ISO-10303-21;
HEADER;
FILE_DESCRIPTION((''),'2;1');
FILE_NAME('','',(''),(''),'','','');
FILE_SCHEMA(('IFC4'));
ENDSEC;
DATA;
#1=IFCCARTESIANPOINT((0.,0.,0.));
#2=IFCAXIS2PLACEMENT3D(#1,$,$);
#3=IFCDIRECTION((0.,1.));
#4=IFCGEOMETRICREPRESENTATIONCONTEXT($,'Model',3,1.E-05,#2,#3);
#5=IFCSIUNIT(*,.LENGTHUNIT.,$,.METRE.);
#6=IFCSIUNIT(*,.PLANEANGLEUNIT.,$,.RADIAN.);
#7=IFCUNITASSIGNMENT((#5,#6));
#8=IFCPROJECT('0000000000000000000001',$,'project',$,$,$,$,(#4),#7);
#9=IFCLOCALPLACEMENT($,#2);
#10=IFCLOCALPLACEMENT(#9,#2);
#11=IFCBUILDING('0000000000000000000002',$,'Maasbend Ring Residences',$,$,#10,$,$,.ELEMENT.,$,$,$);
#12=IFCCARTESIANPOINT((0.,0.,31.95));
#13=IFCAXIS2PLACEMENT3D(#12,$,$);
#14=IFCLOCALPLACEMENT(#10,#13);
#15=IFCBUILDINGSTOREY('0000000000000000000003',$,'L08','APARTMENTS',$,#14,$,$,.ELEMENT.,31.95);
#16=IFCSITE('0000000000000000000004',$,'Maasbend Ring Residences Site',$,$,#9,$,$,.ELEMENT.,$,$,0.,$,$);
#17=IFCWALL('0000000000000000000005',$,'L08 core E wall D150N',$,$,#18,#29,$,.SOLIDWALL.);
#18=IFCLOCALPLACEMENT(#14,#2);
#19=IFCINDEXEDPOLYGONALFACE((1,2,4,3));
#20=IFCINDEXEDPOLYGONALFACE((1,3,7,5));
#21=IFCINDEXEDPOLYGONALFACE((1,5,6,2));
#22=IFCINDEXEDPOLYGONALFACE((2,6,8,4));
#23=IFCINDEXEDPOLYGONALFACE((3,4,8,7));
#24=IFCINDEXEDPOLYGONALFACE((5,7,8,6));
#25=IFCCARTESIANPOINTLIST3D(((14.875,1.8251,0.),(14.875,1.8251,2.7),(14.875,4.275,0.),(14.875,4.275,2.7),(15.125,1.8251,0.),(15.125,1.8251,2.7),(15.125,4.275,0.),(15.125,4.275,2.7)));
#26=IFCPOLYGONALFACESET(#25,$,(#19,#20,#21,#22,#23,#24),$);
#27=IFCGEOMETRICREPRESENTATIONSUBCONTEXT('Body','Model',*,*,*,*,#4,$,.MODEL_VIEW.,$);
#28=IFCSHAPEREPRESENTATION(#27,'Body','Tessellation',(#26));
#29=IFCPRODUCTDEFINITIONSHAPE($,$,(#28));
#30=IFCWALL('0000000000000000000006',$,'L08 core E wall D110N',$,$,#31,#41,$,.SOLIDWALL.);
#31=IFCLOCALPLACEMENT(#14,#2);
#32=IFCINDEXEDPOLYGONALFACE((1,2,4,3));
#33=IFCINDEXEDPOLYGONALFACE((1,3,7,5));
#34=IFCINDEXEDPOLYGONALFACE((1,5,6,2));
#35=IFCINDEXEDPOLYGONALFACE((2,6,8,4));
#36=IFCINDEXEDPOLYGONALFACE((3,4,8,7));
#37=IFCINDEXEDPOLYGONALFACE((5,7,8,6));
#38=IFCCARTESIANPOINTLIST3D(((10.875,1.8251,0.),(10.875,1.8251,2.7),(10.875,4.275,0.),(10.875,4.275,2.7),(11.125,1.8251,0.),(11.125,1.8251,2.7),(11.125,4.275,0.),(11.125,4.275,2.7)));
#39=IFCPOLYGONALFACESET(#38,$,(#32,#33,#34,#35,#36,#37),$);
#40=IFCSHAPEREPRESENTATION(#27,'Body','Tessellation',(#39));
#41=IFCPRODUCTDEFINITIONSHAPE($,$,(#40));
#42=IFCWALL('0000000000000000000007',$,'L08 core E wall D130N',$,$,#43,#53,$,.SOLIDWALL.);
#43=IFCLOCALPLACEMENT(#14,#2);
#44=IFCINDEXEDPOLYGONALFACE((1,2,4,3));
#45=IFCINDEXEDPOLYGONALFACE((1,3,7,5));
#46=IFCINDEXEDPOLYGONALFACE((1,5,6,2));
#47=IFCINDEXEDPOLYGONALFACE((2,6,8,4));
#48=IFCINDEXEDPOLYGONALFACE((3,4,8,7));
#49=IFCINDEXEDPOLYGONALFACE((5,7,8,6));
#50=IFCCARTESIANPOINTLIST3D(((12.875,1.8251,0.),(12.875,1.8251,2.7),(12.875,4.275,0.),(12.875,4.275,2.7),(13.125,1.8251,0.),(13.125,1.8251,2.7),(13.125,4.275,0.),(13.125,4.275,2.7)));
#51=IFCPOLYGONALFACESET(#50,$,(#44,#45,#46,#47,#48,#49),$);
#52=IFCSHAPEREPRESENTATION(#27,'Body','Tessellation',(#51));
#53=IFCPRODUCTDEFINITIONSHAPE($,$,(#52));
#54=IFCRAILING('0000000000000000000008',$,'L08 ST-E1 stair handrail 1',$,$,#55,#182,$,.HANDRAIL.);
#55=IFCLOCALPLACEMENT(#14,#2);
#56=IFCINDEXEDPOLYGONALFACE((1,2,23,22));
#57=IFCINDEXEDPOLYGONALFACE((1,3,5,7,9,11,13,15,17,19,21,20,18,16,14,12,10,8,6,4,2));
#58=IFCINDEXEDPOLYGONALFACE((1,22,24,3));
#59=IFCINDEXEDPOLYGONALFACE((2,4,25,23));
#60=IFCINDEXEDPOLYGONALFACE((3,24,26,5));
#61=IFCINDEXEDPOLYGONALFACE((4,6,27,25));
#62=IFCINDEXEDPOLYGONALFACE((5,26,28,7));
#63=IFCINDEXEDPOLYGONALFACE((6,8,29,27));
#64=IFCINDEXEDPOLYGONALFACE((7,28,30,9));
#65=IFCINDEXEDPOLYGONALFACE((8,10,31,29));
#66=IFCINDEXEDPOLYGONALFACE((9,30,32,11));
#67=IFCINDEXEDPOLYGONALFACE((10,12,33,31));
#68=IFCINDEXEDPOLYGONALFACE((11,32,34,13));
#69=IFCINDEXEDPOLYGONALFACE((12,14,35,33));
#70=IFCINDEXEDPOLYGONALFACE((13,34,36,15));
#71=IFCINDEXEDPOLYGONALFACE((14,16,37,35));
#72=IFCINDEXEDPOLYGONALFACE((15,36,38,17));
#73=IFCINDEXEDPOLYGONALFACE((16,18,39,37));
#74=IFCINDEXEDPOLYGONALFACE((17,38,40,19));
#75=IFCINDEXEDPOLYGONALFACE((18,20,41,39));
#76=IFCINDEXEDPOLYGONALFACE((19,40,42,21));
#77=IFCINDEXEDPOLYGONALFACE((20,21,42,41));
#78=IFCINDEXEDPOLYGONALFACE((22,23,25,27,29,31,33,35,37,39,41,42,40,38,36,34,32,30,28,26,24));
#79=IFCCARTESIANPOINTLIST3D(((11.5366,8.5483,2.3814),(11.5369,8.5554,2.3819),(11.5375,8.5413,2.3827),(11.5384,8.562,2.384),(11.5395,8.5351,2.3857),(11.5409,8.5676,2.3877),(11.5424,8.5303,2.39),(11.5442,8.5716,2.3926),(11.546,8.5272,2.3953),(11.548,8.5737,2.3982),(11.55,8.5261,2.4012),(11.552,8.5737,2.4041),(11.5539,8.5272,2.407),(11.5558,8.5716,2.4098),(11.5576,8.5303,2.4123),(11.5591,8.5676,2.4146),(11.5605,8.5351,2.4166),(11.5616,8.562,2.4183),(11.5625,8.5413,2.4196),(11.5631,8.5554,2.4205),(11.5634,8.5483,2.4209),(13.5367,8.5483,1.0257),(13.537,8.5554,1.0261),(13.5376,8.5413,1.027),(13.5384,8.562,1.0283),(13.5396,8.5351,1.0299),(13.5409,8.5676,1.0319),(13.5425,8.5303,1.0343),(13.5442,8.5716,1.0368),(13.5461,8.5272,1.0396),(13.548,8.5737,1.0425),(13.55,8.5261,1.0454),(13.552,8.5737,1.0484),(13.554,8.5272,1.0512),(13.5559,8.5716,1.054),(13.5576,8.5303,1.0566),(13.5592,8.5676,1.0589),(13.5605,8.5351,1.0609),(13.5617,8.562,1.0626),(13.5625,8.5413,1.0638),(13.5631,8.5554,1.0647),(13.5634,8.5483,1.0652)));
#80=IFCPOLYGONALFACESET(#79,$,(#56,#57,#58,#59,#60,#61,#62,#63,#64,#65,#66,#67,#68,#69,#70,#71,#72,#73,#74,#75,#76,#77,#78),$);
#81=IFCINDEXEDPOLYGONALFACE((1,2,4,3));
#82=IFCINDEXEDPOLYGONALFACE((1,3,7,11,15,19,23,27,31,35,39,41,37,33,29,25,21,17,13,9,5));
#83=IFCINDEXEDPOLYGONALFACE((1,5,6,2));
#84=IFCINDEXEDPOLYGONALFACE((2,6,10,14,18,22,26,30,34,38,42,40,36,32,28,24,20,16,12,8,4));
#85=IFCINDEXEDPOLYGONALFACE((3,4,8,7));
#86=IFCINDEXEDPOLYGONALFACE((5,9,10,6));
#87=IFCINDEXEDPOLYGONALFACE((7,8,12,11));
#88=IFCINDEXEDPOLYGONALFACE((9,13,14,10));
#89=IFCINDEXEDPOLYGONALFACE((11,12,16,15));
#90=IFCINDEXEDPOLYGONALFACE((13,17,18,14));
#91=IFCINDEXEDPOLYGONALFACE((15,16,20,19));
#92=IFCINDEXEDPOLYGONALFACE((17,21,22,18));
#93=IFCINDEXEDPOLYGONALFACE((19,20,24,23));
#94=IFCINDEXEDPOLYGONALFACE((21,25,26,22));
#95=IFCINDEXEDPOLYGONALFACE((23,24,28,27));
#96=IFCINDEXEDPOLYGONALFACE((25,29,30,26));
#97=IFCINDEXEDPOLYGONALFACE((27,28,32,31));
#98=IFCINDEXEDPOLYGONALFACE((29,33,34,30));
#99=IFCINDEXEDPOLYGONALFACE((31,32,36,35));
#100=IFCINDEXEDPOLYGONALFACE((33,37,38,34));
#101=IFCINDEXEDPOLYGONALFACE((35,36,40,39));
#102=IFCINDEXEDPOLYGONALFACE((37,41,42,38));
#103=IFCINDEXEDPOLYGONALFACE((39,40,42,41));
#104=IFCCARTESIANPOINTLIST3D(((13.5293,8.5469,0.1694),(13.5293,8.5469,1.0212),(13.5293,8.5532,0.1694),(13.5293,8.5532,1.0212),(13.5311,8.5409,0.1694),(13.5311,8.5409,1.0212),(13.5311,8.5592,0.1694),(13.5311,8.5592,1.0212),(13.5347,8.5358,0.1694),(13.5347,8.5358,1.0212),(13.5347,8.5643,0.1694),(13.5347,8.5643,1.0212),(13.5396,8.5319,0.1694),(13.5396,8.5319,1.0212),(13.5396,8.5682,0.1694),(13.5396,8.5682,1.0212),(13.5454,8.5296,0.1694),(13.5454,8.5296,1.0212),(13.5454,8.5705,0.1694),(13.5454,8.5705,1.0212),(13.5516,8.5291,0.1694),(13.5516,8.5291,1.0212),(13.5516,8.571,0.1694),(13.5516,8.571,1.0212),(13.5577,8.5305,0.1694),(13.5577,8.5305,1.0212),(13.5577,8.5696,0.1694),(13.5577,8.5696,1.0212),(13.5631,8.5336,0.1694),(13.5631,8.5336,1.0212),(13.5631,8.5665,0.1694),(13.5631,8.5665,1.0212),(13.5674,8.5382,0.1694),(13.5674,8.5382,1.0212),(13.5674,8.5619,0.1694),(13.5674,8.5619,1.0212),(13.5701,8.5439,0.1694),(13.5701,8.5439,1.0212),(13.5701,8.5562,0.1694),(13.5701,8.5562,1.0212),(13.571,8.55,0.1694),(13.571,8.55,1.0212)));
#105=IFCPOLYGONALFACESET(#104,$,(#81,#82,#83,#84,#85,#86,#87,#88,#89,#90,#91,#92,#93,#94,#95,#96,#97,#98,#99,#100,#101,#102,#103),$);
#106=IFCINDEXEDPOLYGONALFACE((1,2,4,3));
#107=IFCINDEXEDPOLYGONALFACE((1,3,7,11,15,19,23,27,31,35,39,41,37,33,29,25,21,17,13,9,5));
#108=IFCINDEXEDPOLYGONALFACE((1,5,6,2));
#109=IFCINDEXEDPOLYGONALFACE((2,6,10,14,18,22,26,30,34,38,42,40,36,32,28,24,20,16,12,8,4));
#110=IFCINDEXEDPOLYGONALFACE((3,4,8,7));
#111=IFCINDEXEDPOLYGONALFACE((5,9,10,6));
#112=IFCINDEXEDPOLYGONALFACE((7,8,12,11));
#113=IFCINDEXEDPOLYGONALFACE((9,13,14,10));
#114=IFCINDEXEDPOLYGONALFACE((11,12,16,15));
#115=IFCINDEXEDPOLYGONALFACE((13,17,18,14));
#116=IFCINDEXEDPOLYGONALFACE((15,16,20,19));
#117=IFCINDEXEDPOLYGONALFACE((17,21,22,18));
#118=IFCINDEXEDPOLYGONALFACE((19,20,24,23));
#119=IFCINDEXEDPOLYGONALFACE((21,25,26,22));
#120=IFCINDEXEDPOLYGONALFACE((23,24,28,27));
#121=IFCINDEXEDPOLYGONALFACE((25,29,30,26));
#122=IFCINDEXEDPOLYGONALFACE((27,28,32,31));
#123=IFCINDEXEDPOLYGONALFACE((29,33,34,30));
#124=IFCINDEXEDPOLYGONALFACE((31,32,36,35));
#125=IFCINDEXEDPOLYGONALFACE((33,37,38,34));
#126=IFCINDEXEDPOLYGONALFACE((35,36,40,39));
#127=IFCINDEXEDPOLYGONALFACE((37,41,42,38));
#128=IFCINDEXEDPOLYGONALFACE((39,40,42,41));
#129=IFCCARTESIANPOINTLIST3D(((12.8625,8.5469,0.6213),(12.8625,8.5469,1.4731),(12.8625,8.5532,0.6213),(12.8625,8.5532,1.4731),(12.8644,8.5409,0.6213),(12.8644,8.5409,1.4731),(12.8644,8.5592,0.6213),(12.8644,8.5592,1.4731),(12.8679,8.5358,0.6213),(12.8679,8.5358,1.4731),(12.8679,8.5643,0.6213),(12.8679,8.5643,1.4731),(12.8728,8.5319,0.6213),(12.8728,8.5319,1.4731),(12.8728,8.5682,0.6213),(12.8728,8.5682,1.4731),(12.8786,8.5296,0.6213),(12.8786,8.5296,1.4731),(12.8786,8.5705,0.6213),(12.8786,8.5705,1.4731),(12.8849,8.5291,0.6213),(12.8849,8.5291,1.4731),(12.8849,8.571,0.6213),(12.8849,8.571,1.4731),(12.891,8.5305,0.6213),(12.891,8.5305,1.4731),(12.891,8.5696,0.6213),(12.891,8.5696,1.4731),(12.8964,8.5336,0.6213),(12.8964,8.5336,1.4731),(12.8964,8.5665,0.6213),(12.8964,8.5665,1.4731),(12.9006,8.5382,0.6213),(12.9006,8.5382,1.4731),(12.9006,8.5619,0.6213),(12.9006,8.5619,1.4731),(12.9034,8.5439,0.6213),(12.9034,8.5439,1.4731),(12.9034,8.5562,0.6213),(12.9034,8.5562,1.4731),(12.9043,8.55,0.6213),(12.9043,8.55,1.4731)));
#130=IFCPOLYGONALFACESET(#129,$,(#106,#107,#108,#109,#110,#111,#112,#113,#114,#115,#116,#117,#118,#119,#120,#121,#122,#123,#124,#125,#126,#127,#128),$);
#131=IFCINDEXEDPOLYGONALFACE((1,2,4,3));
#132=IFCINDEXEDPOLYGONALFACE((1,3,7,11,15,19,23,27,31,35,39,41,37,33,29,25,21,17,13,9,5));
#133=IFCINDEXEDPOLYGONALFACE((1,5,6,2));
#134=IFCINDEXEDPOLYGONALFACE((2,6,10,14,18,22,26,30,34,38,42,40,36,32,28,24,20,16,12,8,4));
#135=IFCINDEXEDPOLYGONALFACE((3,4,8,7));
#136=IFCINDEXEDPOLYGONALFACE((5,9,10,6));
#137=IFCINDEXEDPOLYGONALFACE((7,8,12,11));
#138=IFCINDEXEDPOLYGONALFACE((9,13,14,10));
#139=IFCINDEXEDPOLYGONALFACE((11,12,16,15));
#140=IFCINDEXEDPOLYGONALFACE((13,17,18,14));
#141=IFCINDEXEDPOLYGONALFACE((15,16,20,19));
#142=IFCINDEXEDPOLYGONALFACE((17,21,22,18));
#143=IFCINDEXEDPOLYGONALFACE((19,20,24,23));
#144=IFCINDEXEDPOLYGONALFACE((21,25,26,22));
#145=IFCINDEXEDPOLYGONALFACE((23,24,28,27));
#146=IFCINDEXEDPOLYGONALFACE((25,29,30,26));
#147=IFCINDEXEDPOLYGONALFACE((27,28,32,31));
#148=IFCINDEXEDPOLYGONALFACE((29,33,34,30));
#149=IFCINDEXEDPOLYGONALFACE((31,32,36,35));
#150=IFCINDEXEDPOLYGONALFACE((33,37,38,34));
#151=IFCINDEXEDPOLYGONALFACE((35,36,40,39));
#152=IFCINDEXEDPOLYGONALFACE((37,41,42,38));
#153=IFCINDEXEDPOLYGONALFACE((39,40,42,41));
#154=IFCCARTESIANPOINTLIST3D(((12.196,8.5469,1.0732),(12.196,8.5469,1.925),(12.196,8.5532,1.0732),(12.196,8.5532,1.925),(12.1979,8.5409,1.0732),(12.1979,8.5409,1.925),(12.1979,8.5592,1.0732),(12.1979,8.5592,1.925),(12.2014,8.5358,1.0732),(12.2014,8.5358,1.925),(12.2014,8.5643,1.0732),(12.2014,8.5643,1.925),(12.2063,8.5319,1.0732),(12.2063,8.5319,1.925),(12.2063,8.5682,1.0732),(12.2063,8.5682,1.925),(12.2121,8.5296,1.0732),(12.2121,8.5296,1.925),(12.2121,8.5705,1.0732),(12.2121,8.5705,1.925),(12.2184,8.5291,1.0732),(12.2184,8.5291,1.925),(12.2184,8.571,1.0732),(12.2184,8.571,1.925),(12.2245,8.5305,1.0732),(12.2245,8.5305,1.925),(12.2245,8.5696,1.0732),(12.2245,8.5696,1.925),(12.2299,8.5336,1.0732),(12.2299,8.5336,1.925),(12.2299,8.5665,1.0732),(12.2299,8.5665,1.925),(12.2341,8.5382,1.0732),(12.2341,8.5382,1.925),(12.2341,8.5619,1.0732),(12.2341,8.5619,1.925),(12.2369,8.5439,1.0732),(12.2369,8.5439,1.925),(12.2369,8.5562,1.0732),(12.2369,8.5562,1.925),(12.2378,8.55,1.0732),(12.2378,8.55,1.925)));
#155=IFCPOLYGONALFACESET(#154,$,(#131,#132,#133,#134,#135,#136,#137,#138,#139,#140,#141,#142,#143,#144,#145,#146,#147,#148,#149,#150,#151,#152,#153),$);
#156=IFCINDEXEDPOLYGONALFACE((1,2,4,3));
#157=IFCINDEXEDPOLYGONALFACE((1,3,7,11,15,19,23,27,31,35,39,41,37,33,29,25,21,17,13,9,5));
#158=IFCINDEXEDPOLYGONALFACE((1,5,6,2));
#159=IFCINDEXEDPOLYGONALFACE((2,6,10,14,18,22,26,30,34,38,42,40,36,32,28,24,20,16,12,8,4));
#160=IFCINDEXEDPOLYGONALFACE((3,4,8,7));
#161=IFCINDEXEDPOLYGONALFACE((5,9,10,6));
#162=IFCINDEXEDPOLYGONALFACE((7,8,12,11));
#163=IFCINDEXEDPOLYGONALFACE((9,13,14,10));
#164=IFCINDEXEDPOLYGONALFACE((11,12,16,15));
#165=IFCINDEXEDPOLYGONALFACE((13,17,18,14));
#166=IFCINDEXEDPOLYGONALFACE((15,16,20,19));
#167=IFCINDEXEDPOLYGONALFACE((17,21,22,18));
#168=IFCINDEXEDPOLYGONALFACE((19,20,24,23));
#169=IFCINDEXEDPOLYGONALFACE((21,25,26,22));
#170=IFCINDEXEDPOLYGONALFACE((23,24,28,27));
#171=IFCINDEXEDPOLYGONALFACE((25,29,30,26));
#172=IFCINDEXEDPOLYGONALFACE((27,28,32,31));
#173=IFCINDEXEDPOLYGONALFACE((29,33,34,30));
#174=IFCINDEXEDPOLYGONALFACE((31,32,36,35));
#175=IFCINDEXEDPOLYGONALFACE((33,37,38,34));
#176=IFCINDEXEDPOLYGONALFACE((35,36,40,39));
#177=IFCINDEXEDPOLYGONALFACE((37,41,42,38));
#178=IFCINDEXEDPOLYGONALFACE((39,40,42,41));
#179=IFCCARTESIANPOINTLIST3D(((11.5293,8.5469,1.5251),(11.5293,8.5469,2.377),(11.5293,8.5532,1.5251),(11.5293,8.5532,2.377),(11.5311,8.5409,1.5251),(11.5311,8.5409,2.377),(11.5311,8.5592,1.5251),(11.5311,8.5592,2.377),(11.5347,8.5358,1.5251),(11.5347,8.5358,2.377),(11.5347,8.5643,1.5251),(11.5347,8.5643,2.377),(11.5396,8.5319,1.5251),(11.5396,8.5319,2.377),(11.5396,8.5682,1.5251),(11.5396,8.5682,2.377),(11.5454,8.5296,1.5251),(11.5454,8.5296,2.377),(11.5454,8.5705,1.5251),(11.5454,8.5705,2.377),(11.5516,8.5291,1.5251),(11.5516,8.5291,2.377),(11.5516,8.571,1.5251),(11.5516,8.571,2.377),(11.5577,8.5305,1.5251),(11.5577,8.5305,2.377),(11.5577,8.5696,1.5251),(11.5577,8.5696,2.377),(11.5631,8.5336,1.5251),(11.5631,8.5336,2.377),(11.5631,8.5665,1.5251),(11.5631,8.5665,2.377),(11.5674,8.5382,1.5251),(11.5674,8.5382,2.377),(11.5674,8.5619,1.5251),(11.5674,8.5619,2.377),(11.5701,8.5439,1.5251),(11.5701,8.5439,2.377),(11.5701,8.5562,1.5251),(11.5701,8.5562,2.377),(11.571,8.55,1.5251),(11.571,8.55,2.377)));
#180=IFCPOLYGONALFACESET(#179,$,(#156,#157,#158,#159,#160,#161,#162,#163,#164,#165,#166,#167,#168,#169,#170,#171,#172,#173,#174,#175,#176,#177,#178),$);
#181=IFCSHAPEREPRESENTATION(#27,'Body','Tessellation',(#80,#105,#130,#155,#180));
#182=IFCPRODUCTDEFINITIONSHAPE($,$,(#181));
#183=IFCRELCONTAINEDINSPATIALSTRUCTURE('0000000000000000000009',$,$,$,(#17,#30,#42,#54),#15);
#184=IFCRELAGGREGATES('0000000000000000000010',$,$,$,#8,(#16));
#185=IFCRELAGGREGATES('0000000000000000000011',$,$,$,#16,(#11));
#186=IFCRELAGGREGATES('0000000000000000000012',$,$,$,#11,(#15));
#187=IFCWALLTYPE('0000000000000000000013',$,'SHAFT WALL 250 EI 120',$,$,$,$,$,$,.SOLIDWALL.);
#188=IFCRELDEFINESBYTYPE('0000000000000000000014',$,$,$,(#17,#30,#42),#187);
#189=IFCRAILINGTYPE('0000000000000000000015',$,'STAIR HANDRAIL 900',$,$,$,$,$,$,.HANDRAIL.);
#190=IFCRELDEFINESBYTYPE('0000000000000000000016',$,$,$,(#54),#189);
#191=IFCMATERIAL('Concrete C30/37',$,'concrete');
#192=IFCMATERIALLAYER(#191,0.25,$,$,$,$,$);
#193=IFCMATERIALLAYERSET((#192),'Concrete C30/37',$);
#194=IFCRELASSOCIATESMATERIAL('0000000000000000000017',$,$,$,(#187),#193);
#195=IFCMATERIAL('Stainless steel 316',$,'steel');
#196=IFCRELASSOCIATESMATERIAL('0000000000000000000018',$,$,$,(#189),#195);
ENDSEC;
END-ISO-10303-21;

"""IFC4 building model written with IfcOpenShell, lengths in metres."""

from ifc_helpers import new_model, si_unit, direction, frame, frame_2d, origin, origin_2d, place, context, subcontext, project, spatial, rectangle, circle, extrude, material, layer, layer_set, type_object, element, save


model = new_model("IFC4")

# Units and contexts
model_context = context("Model", 3, precision=1e-05, world=origin(), true_north=direction((0.0, 1.0)))
body_context = subcontext(model_context, "Body", "Model", "MODEL_VIEW")
ifc_project = project(units=[si_unit("LENGTHUNIT", "METRE"), si_unit("PLANEANGLEUNIT", "RADIAN")], contexts=[model_context])

# Site, building, storey
site_placement = place(None, origin())
site = spatial("IfcSite", under=ifc_project, at=site_placement, Name="Maasbend Ring Residences Site", CompositionType="ELEMENT", RefElevation=0.0)
building_placement = place(site_placement, origin())
building = spatial("IfcBuilding", under=site, at=building_placement, Name="Maasbend Ring Residences", CompositionType="ELEMENT")
storey_placement = place(building_placement, frame((0.0, 0.0, 31.95)))
storey = spatial("IfcBuildingStorey", under=building, at=storey_placement, Name="L08", Description="APARTMENTS", CompositionType="ELEMENT", Elevation=31.95)

# Walls
ifc_material_1 = material(Name="Concrete C30/37", Category="concrete")
ifc_layer_1 = layer(ifc_material_1, 0.25)
ifc_layer_set_1 = layer_set([ifc_layer_1], Name="Concrete C30/37")
wall_type_1 = type_object("IfcWallType", Name="SHAFT WALL 250 EI 120", PredefinedType="SOLIDWALL", material=ifc_layer_set_1)
for number, where, z_axis, x_axis, name in (
    (1, (15.0, 1.825, 0.0), (0.0, 0.0, 1.0), (0.0, 1.0, 0.0), "L08 core E wall D150N"),
    (2, (11.0, 1.825, 0.0), (0.0, 0.0, 1.0), (0.0, 1.0, 0.0), "L08 core E wall D110N"),
    (3, (13.0, 1.825, 0.0), (0.0, 0.0, 1.0), (0.0, 1.0, 0.0), "L08 core E wall D130N"),
):
    element("IfcWall", number, at=place(storey_placement, frame(where, z_axis=z_axis, x_axis=x_axis)), inside=storey, type_object=wall_type_1, Name=name, PredefinedType="SOLIDWALL", context=body_context, shape_type="SweptSolid", body=[
        extrude(rectangle(XDim=2.45, YDim=0.25, at=frame_2d((1.2251, 0.0))), origin(), (0.0, 0.0, 1.0), 2.7),
    ])

# Railing
ifc_material_2 = material(Name="Stainless steel 316", Category="steel")
railing_type_1 = type_object("IfcRailingType", Name="STAIR HANDRAIL 900", PredefinedType="HANDRAIL", material=ifc_material_2)
railing_1_placement = place(storey_placement, frame((13.55, 8.55, 0.1694)))
element("IfcRailing", 4, at=railing_1_placement, inside=storey, type_object=railing_type_1, Name="L08 ST-E1 stair handrail 1", PredefinedType="HANDRAIL", context=body_context, shape_type="SweptSolid", body=[
    extrude(circle(Radius=0.0239, at=origin_2d()), frame((0.0, 0.0, 0.876), z_axis=(-0.827751, 0.0, 0.561096), x_axis=(0.0, -1.0, 0.0)), (0.0, 0.0, 1.0), 2.4163),
    extrude(circle(Radius=0.021, at=origin_2d()), origin(), (0.0, 0.0, 1.0), 0.8518),
    extrude(circle(Radius=0.021, at=origin_2d()), frame((-0.6667, 0.0, 0.4519)), (0.0, 0.0, 1.0), 0.8518),
    extrude(circle(Radius=0.021, at=origin_2d()), frame((-1.3333, 0.0, 0.9038)), (0.0, 0.0, 1.0), 0.8518),
    extrude(circle(Radius=0.021, at=origin_2d()), frame((-2.0, 0.0, 1.3557)), (0.0, 0.0, 1.0), 0.8518),
])

save(model, "model.ifc")
